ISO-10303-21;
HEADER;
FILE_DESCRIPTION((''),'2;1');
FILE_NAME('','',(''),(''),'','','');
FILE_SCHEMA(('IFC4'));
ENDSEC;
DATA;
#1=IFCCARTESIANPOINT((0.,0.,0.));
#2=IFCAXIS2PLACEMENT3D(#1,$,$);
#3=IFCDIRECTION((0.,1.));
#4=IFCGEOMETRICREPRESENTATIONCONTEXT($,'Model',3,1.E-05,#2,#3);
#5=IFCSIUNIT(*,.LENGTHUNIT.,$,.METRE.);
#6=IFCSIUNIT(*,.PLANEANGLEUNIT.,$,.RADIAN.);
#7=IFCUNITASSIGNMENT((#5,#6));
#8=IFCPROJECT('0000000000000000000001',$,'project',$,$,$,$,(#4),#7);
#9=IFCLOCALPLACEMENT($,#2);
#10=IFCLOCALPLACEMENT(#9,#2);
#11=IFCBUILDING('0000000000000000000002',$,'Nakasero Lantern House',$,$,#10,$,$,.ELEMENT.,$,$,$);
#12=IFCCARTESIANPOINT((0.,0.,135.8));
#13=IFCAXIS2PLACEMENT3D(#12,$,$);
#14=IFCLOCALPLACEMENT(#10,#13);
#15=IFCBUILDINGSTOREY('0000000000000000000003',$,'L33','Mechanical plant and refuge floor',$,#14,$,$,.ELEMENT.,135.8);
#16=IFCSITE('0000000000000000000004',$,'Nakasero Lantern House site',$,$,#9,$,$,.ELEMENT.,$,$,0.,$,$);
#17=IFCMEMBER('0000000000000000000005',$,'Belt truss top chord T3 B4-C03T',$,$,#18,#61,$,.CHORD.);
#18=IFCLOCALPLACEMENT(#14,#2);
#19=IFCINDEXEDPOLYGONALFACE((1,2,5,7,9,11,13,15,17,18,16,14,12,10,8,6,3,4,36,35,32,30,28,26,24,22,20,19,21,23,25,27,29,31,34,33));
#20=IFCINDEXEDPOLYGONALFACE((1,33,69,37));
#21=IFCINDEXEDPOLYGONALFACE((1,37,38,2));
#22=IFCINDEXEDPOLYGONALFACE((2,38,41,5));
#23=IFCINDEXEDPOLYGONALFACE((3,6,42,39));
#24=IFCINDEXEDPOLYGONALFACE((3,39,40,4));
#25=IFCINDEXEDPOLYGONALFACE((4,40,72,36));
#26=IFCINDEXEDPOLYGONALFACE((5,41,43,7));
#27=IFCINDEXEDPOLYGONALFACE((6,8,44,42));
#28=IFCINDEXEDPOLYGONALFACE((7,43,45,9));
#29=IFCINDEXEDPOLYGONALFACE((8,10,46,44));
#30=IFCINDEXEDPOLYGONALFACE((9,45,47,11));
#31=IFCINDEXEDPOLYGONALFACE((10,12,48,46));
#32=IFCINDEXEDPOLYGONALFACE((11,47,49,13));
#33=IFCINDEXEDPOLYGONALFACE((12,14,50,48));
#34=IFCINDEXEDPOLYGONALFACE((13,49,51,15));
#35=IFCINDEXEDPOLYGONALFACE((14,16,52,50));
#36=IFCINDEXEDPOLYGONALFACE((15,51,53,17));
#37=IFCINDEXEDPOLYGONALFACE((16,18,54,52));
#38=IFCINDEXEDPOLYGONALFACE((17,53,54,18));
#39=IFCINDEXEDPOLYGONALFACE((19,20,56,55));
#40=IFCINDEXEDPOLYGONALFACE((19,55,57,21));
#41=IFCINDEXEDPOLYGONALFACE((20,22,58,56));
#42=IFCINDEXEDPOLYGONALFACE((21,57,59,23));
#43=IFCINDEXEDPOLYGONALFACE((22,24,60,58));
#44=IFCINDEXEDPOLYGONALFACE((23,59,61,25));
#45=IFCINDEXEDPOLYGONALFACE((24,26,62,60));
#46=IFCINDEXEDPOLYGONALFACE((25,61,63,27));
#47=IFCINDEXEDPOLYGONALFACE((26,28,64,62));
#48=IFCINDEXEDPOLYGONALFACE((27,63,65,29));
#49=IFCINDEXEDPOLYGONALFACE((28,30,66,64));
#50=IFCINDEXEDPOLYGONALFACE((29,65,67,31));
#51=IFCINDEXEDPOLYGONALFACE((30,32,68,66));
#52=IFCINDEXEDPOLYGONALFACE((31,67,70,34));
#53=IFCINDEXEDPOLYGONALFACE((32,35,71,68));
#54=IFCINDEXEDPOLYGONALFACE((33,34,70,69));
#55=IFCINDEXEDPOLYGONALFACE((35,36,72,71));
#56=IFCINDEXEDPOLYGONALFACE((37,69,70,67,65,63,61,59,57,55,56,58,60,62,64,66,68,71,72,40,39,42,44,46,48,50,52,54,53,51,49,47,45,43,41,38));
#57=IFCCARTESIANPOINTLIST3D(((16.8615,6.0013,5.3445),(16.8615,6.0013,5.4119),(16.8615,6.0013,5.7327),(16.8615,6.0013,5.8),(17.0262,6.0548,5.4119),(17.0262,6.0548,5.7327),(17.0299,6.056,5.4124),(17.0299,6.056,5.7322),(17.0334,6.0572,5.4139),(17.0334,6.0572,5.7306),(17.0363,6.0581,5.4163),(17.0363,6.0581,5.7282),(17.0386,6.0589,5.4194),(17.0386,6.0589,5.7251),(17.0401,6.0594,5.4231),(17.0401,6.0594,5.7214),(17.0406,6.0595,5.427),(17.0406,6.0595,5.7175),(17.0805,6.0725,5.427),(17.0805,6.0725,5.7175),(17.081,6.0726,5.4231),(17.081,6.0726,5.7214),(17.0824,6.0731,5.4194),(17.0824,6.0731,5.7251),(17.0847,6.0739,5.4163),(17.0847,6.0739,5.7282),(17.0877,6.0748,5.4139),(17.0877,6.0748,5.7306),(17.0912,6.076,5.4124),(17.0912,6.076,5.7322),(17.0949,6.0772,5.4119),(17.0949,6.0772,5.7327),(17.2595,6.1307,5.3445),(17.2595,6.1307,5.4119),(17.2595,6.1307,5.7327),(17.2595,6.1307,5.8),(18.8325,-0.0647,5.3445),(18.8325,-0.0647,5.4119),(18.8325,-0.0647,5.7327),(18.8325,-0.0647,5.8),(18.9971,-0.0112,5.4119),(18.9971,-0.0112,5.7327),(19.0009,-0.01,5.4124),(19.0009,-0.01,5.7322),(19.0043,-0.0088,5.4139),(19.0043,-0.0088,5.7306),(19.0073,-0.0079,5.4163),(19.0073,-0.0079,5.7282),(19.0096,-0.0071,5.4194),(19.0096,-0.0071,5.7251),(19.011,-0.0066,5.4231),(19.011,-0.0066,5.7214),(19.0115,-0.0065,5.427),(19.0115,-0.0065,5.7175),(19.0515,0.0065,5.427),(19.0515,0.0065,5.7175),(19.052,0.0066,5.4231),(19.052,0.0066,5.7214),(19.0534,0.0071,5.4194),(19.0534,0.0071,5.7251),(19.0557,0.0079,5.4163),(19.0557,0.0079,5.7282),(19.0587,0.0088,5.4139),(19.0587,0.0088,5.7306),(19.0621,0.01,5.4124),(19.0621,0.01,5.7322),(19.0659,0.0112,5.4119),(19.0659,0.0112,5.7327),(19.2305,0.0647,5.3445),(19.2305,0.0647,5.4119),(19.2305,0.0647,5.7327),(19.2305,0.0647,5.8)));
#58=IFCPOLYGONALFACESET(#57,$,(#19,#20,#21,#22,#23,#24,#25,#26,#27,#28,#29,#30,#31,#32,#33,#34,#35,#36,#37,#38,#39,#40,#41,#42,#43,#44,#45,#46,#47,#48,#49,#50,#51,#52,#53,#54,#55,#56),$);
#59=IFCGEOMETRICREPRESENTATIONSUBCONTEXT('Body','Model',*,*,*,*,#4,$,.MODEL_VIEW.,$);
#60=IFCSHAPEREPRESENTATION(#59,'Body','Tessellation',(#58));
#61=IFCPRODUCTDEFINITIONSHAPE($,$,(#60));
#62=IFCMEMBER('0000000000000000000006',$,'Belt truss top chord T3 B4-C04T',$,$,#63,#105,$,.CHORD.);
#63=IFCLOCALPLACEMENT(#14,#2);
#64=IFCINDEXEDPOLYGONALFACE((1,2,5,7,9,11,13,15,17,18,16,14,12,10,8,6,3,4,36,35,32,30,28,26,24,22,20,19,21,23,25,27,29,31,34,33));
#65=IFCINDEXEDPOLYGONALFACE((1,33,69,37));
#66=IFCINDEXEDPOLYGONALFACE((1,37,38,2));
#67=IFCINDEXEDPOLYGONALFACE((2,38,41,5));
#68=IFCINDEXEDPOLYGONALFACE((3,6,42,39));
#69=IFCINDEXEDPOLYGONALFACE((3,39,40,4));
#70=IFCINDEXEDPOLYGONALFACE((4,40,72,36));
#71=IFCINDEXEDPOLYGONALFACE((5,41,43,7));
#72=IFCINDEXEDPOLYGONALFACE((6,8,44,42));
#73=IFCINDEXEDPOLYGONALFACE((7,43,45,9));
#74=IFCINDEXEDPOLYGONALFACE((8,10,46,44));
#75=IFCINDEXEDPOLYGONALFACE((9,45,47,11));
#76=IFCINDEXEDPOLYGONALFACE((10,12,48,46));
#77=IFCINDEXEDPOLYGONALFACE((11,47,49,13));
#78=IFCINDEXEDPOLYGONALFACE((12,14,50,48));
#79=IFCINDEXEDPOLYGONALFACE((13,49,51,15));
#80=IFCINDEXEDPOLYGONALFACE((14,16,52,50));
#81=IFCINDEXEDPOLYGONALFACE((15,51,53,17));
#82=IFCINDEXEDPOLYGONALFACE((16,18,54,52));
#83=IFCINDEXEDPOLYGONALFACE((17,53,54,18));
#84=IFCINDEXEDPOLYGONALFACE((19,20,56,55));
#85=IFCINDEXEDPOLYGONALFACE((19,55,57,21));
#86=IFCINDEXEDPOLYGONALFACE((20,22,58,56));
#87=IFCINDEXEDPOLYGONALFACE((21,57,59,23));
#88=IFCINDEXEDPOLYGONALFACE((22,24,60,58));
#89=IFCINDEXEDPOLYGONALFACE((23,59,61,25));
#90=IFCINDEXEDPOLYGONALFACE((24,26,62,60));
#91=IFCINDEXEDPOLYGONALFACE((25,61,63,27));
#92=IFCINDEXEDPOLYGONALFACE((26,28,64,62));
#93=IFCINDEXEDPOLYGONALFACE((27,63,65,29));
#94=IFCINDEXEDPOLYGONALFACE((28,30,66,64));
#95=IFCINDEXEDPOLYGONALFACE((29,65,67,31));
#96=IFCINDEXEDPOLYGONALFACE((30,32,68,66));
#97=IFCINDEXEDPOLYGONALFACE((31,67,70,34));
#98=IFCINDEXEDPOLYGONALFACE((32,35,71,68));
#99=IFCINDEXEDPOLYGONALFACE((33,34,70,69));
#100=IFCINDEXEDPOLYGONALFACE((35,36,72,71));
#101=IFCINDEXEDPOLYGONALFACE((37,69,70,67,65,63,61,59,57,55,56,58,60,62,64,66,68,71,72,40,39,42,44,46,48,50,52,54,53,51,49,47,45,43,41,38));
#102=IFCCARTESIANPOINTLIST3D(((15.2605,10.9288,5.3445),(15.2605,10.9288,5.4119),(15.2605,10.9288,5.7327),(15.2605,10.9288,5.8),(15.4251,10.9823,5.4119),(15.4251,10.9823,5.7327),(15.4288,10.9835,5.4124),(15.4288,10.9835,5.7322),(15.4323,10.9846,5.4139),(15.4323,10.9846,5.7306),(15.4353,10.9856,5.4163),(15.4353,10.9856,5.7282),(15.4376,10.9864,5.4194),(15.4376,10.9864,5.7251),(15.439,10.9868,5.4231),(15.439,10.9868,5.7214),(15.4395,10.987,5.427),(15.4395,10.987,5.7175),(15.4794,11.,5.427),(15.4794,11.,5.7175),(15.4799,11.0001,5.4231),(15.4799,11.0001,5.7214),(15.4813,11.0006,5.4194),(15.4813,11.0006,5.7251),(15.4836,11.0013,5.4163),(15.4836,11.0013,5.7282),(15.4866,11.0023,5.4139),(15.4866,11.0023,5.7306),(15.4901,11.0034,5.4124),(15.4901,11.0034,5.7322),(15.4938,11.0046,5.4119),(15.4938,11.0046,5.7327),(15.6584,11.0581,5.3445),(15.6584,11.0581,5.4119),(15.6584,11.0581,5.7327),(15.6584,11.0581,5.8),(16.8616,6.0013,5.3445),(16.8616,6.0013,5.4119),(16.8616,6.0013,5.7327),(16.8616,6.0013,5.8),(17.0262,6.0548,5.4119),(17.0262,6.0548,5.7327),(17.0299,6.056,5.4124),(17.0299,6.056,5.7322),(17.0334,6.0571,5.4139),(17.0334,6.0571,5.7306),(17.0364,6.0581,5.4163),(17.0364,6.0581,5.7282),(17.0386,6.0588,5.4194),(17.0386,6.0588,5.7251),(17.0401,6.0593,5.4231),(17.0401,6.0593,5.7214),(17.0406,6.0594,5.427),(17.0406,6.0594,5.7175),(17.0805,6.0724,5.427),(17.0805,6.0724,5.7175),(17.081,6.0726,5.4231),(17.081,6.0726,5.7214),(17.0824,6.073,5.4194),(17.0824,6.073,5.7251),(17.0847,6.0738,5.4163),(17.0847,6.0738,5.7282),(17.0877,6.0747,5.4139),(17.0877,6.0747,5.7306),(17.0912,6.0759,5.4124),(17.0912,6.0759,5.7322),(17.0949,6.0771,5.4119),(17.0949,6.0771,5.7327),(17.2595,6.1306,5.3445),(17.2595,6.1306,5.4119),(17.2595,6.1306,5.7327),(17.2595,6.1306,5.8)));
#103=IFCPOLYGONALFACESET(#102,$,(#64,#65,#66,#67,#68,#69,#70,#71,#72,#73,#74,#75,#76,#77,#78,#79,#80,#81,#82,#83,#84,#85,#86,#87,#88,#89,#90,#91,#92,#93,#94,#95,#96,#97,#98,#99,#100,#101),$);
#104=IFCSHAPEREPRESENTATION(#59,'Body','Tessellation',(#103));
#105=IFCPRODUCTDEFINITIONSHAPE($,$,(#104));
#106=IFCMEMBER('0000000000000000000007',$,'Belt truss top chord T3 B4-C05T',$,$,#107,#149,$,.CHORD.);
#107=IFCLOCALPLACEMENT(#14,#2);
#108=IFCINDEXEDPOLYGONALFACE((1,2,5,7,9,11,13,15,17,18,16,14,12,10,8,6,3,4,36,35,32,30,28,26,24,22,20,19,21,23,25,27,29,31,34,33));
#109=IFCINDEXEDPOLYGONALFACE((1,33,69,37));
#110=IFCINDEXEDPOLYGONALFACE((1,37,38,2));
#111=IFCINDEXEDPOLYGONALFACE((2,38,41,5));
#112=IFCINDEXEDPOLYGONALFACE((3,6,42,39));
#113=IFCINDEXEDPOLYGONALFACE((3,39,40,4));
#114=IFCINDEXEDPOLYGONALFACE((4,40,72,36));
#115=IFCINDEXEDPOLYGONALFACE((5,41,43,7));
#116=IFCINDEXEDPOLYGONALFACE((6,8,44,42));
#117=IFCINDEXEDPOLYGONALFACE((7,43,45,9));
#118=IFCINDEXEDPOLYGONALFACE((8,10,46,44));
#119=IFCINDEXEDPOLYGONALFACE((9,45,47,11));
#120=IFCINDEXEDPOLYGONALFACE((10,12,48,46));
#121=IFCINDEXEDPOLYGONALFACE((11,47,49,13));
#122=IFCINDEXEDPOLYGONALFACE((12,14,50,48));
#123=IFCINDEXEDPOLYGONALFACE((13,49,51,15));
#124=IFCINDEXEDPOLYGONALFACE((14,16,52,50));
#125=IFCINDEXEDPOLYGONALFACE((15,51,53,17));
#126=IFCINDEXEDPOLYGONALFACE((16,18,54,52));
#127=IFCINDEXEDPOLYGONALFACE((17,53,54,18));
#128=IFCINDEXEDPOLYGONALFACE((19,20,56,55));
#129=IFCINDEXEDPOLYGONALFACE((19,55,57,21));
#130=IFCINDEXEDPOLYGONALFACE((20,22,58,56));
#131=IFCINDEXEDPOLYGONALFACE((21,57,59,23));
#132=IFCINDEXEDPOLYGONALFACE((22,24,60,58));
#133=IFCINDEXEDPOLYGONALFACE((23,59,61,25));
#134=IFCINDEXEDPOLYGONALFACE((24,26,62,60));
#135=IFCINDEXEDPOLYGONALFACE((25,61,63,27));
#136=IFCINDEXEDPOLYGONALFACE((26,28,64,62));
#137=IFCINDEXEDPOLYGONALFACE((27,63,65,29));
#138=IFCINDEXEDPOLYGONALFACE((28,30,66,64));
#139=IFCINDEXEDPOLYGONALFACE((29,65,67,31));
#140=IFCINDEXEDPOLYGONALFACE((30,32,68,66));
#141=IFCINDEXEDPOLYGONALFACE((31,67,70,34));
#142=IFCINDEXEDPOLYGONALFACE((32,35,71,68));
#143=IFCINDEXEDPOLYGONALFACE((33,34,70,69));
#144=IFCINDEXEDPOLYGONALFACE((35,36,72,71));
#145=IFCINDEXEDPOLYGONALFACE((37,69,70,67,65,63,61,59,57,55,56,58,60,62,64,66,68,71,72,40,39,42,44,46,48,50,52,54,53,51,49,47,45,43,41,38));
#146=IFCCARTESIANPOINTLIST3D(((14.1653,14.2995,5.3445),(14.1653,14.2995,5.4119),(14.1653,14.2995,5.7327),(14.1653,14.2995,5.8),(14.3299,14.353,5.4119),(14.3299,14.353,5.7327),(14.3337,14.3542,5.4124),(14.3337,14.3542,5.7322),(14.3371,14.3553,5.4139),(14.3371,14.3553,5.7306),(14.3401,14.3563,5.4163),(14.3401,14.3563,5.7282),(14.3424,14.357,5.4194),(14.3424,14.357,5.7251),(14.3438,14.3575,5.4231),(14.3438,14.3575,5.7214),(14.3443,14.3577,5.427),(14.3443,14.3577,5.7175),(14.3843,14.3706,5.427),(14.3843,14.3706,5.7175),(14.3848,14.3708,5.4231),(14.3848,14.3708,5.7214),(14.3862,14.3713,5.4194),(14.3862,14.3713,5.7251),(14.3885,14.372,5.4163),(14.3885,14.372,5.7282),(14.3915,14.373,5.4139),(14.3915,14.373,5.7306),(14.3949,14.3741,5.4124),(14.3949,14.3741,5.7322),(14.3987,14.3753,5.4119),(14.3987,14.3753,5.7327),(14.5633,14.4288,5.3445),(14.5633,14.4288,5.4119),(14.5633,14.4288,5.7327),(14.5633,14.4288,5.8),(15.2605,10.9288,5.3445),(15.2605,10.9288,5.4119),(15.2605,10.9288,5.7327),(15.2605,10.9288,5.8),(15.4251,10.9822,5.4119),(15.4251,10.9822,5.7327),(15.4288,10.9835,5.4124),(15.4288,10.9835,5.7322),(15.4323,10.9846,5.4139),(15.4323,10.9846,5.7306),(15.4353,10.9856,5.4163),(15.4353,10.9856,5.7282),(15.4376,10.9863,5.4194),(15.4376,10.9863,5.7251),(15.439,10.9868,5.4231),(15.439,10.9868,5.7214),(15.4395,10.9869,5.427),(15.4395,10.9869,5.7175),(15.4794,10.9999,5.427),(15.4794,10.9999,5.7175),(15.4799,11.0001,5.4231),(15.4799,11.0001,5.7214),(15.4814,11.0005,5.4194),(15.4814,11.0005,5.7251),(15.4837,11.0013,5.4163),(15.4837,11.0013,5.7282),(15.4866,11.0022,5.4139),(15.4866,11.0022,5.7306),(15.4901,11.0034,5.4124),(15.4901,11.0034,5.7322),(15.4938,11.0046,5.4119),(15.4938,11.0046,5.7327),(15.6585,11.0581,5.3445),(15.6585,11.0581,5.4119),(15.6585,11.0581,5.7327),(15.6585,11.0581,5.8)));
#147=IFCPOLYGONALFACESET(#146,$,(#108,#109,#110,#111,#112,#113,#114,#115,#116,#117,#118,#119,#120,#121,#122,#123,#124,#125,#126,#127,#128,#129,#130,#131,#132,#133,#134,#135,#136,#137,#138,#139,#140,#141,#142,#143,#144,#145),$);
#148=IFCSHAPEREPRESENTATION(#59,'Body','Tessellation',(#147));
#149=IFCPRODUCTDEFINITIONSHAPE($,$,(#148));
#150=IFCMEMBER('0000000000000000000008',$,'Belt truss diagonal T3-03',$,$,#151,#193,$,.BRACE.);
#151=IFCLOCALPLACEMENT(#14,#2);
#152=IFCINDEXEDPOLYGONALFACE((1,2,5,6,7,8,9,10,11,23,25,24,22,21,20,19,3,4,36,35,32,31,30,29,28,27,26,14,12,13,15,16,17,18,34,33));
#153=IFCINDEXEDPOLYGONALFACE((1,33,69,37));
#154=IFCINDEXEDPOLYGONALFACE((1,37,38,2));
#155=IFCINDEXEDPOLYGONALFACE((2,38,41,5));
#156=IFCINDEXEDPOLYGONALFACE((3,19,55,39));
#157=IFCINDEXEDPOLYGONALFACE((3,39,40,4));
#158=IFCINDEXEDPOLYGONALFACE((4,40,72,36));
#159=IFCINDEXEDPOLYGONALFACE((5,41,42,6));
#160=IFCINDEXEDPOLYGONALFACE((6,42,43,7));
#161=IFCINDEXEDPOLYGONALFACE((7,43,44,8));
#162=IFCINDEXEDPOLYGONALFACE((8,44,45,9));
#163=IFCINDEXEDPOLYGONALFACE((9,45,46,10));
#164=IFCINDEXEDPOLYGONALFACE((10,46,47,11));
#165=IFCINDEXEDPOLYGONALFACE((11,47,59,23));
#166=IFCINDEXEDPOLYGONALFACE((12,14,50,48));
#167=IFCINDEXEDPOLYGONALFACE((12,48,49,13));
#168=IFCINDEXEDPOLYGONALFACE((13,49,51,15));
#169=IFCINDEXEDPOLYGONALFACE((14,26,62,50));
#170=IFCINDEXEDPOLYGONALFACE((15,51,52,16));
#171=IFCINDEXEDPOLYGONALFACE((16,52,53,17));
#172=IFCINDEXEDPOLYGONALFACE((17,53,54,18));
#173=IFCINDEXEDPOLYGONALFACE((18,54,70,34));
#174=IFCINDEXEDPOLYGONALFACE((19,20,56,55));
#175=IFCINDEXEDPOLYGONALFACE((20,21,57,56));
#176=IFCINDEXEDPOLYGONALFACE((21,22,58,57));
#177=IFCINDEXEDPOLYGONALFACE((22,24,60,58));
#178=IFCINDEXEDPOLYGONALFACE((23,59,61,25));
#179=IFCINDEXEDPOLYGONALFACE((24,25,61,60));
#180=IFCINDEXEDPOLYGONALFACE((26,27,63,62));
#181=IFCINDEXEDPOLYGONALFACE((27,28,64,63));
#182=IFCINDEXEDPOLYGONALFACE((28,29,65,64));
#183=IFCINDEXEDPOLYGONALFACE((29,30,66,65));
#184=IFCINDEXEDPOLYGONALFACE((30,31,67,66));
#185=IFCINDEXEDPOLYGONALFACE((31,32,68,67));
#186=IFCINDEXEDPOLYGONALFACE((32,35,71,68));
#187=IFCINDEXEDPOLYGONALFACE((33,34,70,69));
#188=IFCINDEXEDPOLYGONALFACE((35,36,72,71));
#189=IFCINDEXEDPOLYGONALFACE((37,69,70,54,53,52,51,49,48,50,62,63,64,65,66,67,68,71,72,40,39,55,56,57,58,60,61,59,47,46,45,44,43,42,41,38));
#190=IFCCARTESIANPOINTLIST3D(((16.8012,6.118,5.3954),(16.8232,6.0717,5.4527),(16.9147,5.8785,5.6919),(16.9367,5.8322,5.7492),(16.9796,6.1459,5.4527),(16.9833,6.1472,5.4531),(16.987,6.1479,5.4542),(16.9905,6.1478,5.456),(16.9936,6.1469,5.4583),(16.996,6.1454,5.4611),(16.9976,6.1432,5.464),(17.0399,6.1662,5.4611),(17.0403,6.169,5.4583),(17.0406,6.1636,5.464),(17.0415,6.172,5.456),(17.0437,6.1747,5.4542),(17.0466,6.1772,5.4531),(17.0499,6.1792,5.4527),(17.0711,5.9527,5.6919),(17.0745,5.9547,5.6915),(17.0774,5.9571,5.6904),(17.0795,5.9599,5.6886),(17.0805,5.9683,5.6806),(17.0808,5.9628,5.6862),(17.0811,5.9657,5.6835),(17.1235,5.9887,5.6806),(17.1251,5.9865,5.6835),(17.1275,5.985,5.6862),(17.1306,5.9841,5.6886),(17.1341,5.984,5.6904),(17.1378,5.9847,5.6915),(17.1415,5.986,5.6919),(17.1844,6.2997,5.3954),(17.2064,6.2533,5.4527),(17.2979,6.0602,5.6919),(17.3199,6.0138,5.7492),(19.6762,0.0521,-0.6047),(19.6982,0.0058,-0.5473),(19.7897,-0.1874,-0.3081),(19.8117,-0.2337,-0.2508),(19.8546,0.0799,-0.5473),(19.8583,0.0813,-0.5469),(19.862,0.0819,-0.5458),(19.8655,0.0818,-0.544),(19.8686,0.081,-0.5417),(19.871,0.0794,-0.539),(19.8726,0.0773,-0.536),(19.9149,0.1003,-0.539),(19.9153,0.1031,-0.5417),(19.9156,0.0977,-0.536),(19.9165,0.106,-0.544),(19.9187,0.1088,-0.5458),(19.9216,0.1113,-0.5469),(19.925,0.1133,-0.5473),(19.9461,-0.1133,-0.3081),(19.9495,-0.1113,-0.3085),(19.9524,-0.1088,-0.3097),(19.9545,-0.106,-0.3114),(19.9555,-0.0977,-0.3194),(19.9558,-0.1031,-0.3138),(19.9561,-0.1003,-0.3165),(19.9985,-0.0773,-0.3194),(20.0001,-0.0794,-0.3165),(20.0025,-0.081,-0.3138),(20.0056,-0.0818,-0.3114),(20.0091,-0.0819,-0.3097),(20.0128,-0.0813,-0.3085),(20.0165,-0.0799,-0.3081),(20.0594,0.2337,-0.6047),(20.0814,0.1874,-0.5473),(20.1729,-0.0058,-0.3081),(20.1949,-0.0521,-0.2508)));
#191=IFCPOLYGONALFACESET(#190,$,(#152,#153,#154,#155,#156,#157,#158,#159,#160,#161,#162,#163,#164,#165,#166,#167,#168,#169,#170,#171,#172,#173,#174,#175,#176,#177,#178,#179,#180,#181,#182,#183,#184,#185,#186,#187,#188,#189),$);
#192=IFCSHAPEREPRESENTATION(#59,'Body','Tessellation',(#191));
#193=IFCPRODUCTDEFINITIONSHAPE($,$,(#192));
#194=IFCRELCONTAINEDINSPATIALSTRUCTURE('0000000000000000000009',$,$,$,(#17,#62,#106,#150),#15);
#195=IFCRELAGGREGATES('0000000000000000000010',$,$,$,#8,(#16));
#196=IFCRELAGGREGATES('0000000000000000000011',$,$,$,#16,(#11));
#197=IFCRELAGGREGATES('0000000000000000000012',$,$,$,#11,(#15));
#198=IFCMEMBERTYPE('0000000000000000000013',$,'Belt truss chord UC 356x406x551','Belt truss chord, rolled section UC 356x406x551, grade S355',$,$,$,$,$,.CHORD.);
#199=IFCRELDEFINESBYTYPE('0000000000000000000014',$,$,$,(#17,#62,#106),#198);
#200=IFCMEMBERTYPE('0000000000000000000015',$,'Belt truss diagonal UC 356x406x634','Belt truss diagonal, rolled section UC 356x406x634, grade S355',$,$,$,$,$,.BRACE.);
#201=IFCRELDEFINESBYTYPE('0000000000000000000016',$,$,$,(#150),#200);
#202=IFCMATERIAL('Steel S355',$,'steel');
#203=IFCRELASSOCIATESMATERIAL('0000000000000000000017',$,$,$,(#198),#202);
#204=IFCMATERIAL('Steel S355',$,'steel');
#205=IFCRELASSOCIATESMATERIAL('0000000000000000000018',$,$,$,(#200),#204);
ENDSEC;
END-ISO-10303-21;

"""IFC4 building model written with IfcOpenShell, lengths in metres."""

from ifc_helpers import new_model, si_unit, direction, frame, origin, origin_2d, place, context, subcontext, project, spatial, i_section, extrude, material, material_profile, profile_set, type_object, element, save


model = new_model("IFC4")

# Units and contexts
model_context = context("Model", 3, precision=1e-05, world=origin(), true_north=direction((0.0, 1.0)))
body_context = subcontext(model_context, "Body", "Model", "MODEL_VIEW")
ifc_project = project(units=[si_unit("LENGTHUNIT", "METRE"), si_unit("PLANEANGLEUNIT", "RADIAN")], contexts=[model_context])

# Site, building, storey
site_placement = place(None, origin())
site = spatial("IfcSite", under=ifc_project, at=site_placement, Name="Nakasero Lantern House site", CompositionType="ELEMENT", RefElevation=0.0)
building_placement = place(site_placement, origin())
building = spatial("IfcBuilding", under=site, at=building_placement, Name="Nakasero Lantern House", CompositionType="ELEMENT")
storey_placement = place(building_placement, frame((0.0, 0.0, 135.8)))
storey = spatial("IfcBuildingStorey", under=building, at=storey_placement, Name="L33", Description="Mechanical plant and refuge floor", CompositionType="ELEMENT", Elevation=135.8)

# Members
ifc_material_1 = material(Name="Steel S355", Category="steel")
ifc_material_profile_1 = material_profile(ifc_material_1, i_section(OverallWidth=0.4185, OverallDepth=0.4556, WebThickness=0.042, FlangeThickness=0.0674, FilletRadius=0.0151, at=origin_2d()), Name="UC 356x406x551")
ifc_profile_set_1 = profile_set([ifc_material_profile_1], Name="Steel S355")
member_type_1 = type_object("IfcMemberType", Name="Belt truss chord UC 356x406x551", Description="Belt truss chord, rolled section UC 356x406x551, grade S355", PredefinedType="CHORD", material=ifc_profile_set_1)
member_1_placement = place(storey_placement, frame((19.0315, 0.0, 5.5723), z_axis=(-0.309019, 0.951056, 0.0), x_axis=(-0.951056, -0.309019, 0.0)))
element("IfcMember", 1, at=member_1_placement, inside=storey, type_object=member_type_1, Name="Belt truss top chord T3 B4-C03T", PredefinedType="CHORD", context=body_context, shape_type="SweptSolid", body=[
    extrude(i_section(OverallWidth=0.4185, OverallDepth=0.4556, WebThickness=0.042, FlangeThickness=0.0674, FilletRadius=0.0151, at=origin_2d()), origin(), (0.0, 0.0, 1.0), 6.3782),
])
member_2_placement = place(storey_placement, frame((17.0605, 6.0659, 5.5723), z_axis=(-0.309023, 0.951054, 0.0), x_axis=(-0.951054, -0.309023, 0.0)))
element("IfcMember", 2, at=member_2_placement, inside=storey, type_object=member_type_1, Name="Belt truss top chord T3 B4-C04T", PredefinedType="CHORD", context=body_context, shape_type="SweptSolid", body=[
    extrude(i_section(OverallWidth=0.4185, OverallDepth=0.4556, WebThickness=0.042, FlangeThickness=0.0674, FilletRadius=0.0151, at=origin_2d()), origin(), (0.0, 0.0, 1.0), 5.1812),
])
member_3_placement = place(storey_placement, frame((15.4595, 10.9934, 5.5723), z_axis=(-0.309007, 0.95106, 0.0), x_axis=(-0.95106, -0.309007, 0.0)))
element("IfcMember", 3, at=member_3_placement, inside=storey, type_object=member_type_1, Name="Belt truss top chord T3 B4-C05T", PredefinedType="CHORD", context=body_context, shape_type="SweptSolid", body=[
    extrude(i_section(OverallWidth=0.4185, OverallDepth=0.4556, WebThickness=0.042, FlangeThickness=0.0674, FilletRadius=0.0151, at=origin_2d()), origin(), (0.0, 0.0, 1.0), 3.5442),
])
ifc_material_2 = material(Name="Steel S355", Category="steel")
ifc_material_profile_2 = material_profile(ifc_material_2, i_section(OverallWidth=0.4241, OverallDepth=0.4746, WebThickness=0.0476, FlangeThickness=0.0769, FilletRadius=0.0151, at=origin_2d()), Name="UC 356x406x634")
ifc_profile_set_2 = profile_set([ifc_material_profile_2], Name="Steel S355")
member_type_2 = type_object("IfcMemberType", Name="Belt truss diagonal UC 356x406x634", Description="Belt truss diagonal, rolled section UC 356x406x634, grade S355", PredefinedType="BRACE", material=ifc_profile_set_2)
member_4_placement = place(storey_placement, frame((19.9355, 0.0, -0.4277), z_axis=(-0.319324, 0.673737, 0.666416), x_axis=(-0.903642, -0.42829, 0.0)))
element("IfcMember", 4, at=member_4_placement, inside=storey, type_object=member_type_2, Name="Belt truss diagonal T3-03", PredefinedType="BRACE", context=body_context, shape_type="SweptSolid", body=[
    extrude(i_section(OverallWidth=0.4241, OverallDepth=0.4746, WebThickness=0.0476, FlangeThickness=0.0769, FilletRadius=0.0151, at=origin_2d()), origin(), (0.0, 0.0, 1.0), 9.0034),
])

save(model, "model.ifc")
